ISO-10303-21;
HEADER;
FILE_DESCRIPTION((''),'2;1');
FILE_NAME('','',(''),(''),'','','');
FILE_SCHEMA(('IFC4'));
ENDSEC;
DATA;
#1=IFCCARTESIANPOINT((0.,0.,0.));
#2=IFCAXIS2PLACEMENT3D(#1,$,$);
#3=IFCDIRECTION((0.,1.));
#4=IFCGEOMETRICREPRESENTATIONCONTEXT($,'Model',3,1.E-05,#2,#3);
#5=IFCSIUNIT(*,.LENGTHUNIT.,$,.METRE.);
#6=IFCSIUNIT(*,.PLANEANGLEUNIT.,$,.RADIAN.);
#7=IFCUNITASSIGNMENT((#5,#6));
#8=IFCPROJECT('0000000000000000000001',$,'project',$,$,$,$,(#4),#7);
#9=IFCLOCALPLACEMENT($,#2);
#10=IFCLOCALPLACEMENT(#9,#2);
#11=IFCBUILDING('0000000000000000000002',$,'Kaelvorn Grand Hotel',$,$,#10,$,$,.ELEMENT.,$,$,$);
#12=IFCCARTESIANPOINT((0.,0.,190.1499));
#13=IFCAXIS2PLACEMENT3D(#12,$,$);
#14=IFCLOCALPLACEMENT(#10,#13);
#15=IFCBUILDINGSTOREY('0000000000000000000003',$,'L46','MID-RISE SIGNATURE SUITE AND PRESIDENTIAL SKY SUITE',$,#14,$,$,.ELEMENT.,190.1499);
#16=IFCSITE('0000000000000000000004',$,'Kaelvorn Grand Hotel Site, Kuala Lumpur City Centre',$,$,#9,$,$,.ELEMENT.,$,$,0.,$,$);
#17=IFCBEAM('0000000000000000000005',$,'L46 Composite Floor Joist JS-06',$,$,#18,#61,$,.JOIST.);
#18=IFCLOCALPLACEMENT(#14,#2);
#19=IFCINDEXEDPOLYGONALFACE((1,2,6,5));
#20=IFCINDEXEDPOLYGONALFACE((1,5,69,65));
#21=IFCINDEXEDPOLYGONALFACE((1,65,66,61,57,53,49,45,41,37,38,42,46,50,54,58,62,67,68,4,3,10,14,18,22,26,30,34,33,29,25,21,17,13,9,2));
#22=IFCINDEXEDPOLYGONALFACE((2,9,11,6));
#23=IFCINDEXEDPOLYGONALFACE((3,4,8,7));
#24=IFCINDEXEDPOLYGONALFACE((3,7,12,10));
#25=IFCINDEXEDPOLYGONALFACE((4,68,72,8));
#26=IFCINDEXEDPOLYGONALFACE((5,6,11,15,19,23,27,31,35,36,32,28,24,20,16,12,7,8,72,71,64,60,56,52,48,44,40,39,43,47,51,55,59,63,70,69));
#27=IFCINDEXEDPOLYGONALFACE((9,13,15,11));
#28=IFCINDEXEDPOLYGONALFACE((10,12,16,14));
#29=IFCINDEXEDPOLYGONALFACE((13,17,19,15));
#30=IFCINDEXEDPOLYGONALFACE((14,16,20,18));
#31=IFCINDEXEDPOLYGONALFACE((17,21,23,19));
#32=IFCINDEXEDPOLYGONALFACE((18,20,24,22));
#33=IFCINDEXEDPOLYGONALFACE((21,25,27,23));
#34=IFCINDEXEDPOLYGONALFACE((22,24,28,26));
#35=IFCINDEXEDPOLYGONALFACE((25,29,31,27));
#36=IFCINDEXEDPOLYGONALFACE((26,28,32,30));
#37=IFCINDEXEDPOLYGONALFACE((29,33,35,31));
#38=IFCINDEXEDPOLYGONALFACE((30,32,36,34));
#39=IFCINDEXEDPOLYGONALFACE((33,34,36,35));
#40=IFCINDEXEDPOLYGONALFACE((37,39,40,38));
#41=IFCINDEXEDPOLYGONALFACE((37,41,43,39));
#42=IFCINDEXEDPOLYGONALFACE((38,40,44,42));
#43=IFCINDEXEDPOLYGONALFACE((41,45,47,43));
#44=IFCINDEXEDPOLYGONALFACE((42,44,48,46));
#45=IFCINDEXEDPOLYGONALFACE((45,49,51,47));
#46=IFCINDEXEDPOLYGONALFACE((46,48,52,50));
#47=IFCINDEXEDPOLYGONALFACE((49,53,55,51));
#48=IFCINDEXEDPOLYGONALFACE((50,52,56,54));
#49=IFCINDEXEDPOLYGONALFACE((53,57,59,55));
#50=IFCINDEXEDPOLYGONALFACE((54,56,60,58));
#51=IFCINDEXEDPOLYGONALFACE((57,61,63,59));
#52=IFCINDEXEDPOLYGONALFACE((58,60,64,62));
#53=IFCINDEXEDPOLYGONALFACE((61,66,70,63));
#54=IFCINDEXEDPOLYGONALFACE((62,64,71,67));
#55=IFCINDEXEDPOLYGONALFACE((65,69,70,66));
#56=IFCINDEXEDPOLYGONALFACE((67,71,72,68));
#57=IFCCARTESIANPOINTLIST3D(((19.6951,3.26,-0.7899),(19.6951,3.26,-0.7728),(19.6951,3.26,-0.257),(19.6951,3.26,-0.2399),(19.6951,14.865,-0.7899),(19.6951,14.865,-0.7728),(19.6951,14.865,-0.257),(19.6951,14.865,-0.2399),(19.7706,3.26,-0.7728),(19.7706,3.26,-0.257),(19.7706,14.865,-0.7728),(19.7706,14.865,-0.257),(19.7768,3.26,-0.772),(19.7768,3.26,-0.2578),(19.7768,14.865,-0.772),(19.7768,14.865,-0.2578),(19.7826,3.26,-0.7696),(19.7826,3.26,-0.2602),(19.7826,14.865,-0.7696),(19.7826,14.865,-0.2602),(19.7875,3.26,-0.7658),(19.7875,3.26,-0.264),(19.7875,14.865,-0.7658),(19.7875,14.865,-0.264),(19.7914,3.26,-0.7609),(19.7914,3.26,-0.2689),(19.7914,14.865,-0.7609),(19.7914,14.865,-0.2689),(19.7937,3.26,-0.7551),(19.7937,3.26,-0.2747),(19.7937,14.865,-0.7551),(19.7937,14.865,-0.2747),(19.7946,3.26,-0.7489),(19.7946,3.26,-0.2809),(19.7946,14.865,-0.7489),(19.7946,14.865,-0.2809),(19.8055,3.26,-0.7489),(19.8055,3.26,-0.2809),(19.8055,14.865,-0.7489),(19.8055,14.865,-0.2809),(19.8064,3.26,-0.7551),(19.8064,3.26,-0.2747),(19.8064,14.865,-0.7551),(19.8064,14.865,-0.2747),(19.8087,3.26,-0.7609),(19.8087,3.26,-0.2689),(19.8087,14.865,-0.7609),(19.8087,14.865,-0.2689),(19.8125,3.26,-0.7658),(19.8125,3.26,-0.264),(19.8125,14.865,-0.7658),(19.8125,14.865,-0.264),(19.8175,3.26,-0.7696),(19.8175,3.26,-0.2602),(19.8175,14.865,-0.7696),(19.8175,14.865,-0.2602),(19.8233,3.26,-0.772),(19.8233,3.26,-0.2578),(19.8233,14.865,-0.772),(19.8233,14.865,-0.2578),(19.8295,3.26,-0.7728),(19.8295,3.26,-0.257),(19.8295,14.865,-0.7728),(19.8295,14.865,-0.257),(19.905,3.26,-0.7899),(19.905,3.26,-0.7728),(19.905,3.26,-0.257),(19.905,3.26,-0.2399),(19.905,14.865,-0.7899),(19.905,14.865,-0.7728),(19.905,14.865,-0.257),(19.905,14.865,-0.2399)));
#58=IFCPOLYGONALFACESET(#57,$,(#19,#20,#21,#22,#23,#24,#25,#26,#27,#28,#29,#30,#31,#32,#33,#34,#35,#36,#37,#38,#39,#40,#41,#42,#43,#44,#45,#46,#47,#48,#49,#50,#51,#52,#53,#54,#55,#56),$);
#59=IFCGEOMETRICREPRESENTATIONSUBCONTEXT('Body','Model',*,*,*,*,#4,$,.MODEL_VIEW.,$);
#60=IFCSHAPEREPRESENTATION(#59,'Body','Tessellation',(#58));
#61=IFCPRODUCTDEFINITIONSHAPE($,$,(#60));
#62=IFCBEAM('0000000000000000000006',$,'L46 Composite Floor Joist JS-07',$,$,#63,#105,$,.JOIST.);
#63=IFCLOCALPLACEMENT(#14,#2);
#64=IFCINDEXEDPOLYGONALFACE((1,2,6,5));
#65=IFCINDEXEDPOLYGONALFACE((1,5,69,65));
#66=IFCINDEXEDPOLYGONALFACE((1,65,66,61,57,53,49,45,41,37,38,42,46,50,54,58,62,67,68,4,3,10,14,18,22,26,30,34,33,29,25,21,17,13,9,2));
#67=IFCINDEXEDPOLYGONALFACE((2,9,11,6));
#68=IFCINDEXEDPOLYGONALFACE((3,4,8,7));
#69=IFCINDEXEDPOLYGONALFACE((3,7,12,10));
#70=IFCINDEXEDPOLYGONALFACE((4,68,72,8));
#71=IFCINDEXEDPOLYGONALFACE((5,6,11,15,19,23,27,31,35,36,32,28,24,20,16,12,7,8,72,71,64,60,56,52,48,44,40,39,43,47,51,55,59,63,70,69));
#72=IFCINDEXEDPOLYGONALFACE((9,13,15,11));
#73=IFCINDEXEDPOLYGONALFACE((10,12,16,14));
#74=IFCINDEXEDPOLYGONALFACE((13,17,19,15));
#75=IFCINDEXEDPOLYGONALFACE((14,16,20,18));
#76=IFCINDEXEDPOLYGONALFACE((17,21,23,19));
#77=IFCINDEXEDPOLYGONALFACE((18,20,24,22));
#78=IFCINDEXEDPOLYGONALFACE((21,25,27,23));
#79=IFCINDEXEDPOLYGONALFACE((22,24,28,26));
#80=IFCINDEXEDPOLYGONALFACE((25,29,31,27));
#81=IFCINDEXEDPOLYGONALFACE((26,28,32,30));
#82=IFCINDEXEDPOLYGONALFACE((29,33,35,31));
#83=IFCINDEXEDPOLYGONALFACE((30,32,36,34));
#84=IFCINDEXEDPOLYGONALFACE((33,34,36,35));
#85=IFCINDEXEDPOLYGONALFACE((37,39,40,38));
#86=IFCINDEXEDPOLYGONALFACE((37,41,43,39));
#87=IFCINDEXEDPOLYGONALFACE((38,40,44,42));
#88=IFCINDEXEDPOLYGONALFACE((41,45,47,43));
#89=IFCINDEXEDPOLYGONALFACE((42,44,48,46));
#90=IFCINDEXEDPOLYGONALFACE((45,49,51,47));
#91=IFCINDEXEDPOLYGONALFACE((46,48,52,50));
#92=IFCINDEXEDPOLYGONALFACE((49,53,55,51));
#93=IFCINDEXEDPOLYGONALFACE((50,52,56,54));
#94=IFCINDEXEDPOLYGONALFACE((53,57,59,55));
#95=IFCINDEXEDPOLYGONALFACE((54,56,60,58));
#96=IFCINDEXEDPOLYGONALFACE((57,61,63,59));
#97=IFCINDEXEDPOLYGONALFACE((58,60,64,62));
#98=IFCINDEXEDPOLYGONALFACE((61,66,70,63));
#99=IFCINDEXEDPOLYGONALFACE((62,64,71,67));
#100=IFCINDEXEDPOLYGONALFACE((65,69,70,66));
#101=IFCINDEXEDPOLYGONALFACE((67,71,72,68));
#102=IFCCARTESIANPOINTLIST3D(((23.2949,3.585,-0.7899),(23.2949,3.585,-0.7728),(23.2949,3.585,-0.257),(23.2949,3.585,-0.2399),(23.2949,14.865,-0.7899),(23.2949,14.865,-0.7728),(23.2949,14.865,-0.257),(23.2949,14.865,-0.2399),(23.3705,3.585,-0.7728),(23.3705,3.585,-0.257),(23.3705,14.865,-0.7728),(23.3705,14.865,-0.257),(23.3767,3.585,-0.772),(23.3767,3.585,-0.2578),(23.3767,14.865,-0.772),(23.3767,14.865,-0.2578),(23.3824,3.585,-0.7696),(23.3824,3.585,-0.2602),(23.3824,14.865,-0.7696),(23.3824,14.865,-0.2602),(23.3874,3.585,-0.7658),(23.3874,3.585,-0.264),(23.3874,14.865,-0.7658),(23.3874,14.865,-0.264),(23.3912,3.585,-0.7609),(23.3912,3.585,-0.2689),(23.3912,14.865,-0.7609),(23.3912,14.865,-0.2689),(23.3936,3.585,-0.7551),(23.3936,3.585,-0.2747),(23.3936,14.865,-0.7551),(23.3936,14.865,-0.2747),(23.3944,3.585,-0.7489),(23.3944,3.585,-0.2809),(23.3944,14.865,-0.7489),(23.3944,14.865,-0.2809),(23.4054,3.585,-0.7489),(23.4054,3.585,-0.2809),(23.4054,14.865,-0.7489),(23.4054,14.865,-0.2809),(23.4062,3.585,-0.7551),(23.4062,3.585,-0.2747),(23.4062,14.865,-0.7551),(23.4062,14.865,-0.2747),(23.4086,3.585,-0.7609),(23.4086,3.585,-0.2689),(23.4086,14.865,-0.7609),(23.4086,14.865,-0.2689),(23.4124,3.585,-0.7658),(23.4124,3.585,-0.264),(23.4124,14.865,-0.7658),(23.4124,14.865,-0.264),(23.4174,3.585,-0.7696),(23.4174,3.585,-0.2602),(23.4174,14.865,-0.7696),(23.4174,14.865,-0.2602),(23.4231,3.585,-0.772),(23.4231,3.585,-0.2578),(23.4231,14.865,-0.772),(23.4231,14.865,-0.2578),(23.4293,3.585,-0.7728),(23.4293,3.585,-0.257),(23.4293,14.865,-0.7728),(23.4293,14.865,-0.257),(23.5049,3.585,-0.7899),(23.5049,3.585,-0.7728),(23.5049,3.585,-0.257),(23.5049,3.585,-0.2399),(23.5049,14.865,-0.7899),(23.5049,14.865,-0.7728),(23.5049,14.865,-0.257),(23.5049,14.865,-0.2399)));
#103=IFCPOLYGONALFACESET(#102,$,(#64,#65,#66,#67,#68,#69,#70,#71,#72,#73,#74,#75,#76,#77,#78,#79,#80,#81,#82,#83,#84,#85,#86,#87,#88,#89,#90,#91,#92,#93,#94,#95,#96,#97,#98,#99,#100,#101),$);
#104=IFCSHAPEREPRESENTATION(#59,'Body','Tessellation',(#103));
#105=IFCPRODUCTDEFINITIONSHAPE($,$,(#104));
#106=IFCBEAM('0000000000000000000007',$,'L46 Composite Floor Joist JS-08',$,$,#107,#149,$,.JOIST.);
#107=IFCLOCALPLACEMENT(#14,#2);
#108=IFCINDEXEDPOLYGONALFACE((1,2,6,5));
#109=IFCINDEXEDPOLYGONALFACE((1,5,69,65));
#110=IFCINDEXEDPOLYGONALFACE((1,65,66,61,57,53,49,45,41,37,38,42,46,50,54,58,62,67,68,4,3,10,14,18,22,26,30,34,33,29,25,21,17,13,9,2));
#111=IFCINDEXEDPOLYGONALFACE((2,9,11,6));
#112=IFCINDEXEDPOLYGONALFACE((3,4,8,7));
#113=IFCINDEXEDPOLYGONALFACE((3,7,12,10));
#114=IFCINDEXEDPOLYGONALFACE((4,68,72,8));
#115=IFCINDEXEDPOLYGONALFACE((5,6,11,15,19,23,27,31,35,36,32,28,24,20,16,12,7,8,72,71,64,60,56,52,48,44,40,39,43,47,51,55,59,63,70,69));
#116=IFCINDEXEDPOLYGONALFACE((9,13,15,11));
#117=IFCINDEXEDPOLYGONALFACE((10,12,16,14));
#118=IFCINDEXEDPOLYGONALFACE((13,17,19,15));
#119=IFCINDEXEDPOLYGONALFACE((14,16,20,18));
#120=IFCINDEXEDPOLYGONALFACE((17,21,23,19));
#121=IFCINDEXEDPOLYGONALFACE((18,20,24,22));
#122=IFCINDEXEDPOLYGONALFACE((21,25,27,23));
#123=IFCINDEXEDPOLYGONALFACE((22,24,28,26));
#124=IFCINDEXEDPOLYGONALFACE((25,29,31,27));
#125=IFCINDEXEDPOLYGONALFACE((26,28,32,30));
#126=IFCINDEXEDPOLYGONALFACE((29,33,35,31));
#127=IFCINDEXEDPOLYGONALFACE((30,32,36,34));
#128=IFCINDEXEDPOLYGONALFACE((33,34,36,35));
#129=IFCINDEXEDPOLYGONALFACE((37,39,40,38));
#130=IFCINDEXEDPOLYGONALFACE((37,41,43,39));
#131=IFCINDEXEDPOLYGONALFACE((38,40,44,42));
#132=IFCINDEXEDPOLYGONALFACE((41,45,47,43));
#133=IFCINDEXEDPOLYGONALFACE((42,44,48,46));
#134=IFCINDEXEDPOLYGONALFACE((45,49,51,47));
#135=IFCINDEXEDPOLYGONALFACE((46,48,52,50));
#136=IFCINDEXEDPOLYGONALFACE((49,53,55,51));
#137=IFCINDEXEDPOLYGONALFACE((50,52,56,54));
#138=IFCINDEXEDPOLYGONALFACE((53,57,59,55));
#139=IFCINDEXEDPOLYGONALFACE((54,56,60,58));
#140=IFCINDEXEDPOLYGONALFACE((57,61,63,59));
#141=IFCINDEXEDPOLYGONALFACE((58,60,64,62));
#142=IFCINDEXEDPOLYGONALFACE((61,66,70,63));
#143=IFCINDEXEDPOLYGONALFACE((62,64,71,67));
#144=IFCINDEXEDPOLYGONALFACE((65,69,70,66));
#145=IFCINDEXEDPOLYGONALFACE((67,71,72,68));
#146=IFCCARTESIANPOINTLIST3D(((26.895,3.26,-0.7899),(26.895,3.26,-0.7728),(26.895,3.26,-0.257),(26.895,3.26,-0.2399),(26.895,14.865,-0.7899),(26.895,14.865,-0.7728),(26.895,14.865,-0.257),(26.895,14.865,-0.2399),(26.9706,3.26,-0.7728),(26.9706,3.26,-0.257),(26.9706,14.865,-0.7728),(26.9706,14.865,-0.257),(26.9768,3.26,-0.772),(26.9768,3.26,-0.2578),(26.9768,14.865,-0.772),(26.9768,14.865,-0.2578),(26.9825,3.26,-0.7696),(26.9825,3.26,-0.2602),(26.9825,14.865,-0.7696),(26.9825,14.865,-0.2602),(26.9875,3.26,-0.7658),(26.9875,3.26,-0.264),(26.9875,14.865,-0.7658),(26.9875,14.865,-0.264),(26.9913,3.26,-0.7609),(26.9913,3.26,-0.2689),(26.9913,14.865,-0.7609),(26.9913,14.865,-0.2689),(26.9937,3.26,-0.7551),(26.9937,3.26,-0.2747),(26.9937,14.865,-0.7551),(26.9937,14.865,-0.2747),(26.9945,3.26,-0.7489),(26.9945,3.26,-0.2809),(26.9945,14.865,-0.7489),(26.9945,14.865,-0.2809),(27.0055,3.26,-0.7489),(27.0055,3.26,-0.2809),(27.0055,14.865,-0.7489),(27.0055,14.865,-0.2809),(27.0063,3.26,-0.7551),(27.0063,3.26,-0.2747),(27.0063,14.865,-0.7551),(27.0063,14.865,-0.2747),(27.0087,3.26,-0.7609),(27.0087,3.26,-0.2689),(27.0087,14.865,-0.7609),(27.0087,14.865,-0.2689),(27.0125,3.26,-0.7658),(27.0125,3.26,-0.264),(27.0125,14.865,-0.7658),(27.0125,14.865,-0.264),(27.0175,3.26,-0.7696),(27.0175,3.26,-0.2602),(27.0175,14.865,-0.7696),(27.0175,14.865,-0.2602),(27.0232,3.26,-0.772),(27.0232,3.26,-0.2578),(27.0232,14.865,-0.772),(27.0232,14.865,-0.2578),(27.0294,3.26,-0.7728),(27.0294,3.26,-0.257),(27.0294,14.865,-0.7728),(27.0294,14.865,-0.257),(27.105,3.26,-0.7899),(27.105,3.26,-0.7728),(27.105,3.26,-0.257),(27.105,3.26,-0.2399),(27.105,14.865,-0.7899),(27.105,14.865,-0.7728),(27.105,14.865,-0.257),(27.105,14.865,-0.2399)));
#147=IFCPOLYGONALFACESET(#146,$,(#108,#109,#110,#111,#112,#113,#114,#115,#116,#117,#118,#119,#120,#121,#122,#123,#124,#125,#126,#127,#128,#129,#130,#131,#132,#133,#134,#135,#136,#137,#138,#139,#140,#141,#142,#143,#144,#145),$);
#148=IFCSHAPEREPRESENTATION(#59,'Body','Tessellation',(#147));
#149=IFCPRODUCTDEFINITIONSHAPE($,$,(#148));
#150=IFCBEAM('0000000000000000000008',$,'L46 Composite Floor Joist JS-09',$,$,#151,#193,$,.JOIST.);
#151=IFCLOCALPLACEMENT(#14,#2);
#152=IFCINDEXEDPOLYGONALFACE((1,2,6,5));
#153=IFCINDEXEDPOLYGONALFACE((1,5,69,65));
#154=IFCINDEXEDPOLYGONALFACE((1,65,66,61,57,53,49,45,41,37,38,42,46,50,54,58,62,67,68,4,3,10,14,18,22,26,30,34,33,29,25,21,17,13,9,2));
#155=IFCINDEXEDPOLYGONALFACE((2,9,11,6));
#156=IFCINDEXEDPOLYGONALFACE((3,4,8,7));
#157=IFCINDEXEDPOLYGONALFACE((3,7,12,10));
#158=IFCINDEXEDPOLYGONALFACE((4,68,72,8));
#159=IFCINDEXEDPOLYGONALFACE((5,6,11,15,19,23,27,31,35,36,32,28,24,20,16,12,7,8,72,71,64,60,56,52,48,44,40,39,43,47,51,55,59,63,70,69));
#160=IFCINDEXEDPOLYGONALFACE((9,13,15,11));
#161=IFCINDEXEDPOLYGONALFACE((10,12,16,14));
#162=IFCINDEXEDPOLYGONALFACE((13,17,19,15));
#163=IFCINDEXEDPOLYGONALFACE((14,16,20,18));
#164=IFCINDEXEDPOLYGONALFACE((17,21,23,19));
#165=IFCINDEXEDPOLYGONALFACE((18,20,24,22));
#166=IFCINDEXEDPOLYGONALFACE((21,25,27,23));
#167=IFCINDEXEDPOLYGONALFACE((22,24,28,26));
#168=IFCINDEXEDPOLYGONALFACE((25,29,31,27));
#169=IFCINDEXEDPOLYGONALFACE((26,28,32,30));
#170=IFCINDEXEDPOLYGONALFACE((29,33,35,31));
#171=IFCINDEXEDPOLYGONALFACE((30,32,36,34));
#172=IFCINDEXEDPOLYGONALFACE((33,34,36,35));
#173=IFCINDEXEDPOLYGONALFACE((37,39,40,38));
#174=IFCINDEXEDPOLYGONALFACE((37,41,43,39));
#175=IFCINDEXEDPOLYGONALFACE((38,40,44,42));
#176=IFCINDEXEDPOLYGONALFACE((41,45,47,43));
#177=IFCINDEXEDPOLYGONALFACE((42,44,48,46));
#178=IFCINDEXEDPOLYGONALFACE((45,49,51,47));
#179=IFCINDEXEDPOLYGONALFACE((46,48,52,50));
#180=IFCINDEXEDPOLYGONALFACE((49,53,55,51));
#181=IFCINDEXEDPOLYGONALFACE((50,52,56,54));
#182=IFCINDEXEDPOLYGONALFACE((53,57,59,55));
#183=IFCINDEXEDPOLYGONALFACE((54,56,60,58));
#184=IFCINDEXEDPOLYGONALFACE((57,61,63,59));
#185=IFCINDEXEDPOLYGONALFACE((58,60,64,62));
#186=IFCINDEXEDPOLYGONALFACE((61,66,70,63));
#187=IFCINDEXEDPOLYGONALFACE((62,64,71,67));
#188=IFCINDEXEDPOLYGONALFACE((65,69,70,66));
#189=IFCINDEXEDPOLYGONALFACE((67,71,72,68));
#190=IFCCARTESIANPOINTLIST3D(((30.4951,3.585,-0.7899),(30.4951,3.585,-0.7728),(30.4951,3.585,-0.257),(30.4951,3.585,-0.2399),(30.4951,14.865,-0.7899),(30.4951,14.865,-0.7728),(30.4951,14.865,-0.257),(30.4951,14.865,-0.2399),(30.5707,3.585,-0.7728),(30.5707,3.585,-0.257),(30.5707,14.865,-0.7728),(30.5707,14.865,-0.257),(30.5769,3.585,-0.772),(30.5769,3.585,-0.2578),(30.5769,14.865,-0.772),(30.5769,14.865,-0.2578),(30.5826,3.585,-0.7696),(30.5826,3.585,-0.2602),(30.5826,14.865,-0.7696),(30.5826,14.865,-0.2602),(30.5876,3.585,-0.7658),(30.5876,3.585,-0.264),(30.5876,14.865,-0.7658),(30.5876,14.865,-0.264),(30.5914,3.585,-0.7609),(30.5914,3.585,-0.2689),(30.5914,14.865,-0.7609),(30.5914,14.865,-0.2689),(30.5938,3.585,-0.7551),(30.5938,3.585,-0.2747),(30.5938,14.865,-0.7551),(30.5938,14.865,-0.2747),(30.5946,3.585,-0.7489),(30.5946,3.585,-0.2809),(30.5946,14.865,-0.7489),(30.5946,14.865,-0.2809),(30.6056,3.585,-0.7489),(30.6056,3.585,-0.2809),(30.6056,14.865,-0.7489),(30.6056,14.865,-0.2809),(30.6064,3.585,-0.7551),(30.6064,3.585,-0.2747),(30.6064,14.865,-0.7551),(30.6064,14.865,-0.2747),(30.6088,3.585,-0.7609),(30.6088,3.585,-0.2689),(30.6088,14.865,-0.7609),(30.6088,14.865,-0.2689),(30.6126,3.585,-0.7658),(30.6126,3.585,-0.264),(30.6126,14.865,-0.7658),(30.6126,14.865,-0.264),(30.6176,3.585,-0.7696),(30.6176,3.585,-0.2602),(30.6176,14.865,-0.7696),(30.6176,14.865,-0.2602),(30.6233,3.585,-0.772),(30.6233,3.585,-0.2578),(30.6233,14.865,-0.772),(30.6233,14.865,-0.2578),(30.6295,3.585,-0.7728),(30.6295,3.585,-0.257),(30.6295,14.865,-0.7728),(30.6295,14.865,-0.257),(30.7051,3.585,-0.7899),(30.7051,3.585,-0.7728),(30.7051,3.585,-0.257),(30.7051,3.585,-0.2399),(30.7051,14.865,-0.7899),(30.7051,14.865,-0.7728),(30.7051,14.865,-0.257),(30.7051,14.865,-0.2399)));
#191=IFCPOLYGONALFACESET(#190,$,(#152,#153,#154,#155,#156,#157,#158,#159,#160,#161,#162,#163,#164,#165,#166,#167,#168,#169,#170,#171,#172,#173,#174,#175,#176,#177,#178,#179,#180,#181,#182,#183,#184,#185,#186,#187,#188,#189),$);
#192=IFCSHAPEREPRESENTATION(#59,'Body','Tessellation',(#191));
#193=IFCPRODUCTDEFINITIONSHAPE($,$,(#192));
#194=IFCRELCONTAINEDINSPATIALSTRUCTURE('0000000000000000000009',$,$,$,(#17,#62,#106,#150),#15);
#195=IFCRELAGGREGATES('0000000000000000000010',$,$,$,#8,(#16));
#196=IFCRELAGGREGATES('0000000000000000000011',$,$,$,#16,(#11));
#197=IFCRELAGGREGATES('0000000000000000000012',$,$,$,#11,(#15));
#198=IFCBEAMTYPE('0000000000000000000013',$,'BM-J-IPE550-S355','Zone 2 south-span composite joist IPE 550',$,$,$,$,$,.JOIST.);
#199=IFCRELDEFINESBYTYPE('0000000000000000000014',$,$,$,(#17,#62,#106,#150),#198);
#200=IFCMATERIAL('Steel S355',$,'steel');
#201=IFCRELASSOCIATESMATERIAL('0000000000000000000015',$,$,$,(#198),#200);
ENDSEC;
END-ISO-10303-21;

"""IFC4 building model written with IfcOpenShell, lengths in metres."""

from ifc_helpers import new_model, si_unit, direction, frame, origin, origin_2d, place, context, subcontext, project, spatial, i_section, extrude, material, material_profile, profile_set, type_object, element, save


model = new_model("IFC4")

# Units and contexts
model_context = context("Model", 3, precision=1e-05, world=origin(), true_north=direction((0.0, 1.0)))
body_context = subcontext(model_context, "Body", "Model", "MODEL_VIEW")
ifc_project = project(units=[si_unit("LENGTHUNIT", "METRE"), si_unit("PLANEANGLEUNIT", "RADIAN")], contexts=[model_context])

# Site, building, storey
site_placement = place(None, origin())
site = spatial("IfcSite", under=ifc_project, at=site_placement, Name="Kaelvorn Grand Hotel Site, Kuala Lumpur City Centre", CompositionType="ELEMENT", RefElevation=0.0)
building_placement = place(site_placement, origin())
building = spatial("IfcBuilding", under=site, at=building_placement, Name="Kaelvorn Grand Hotel", CompositionType="ELEMENT")
storey_placement = place(building_placement, frame((0.0, 0.0, 190.1499)))
storey = spatial("IfcBuildingStorey", under=building, at=storey_placement, Name="L46", Description="MID-RISE SIGNATURE SUITE AND PRESIDENTIAL SKY SUITE", CompositionType="ELEMENT", Elevation=190.1499)

# Beams
ifc_material_1 = material(Name="Steel S355", Category="steel")
ifc_material_profile_1 = material_profile(ifc_material_1, i_section(OverallWidth=0.21, OverallDepth=0.55, WebThickness=0.011, FlangeThickness=0.0171, FilletRadius=0.0239, at=origin_2d()), Name="IPE 550")
ifc_profile_set_1 = profile_set([ifc_material_profile_1], Name="Steel S355")
beam_type_1 = type_object("IfcBeamType", Name="BM-J-IPE550-S355", Description="Zone 2 south-span composite joist IPE 550", PredefinedType="JOIST", material=ifc_profile_set_1)
beam_1_placement = place(storey_placement, frame((19.8, 3.26, -0.5149), z_axis=(0.0, 1.0, 0.0), x_axis=(-1.0, 0.0, 0.0)))
element("IfcBeam", 1, at=beam_1_placement, inside=storey, type_object=beam_type_1, Name="L46 Composite Floor Joist JS-06", PredefinedType="JOIST", context=body_context, shape_type="SweptSolid", body=[
    extrude(i_section(OverallWidth=0.21, OverallDepth=0.55, WebThickness=0.011, FlangeThickness=0.0171, FilletRadius=0.0239, at=origin_2d()), origin(), (0.0, 0.0, 1.0), 11.605),
])
beam_2_placement = place(storey_placement, frame((23.3999, 3.585, -0.5149), z_axis=(0.0, 1.0, 0.0), x_axis=(-1.0, 0.0, 0.0)))
element("IfcBeam", 2, at=beam_2_placement, inside=storey, type_object=beam_type_1, Name="L46 Composite Floor Joist JS-07", PredefinedType="JOIST", context=body_context, shape_type="SweptSolid", body=[
    extrude(i_section(OverallWidth=0.21, OverallDepth=0.55, WebThickness=0.011, FlangeThickness=0.0171, FilletRadius=0.0239, at=origin_2d()), origin(), (0.0, 0.0, 1.0), 11.28),
])
beam_3_placement = place(storey_placement, frame((27.0, 3.26, -0.5149), z_axis=(0.0, 1.0, 0.0), x_axis=(-1.0, 0.0, 0.0)))
element("IfcBeam", 3, at=beam_3_placement, inside=storey, type_object=beam_type_1, Name="L46 Composite Floor Joist JS-08", PredefinedType="JOIST", context=body_context, shape_type="SweptSolid", body=[
    extrude(i_section(OverallWidth=0.21, OverallDepth=0.55, WebThickness=0.011, FlangeThickness=0.0171, FilletRadius=0.0239, at=origin_2d()), origin(), (0.0, 0.0, 1.0), 11.605),
])
beam_4_placement = place(storey_placement, frame((30.6001, 3.585, -0.5149), z_axis=(0.0, 1.0, 0.0), x_axis=(-1.0, 0.0, 0.0)))
element("IfcBeam", 4, at=beam_4_placement, inside=storey, type_object=beam_type_1, Name="L46 Composite Floor Joist JS-09", PredefinedType="JOIST", context=body_context, shape_type="SweptSolid", body=[
    extrude(i_section(OverallWidth=0.21, OverallDepth=0.55, WebThickness=0.011, FlangeThickness=0.0171, FilletRadius=0.0239, at=origin_2d()), origin(), (0.0, 0.0, 1.0), 11.28),
])

save(model, "model.ifc")
